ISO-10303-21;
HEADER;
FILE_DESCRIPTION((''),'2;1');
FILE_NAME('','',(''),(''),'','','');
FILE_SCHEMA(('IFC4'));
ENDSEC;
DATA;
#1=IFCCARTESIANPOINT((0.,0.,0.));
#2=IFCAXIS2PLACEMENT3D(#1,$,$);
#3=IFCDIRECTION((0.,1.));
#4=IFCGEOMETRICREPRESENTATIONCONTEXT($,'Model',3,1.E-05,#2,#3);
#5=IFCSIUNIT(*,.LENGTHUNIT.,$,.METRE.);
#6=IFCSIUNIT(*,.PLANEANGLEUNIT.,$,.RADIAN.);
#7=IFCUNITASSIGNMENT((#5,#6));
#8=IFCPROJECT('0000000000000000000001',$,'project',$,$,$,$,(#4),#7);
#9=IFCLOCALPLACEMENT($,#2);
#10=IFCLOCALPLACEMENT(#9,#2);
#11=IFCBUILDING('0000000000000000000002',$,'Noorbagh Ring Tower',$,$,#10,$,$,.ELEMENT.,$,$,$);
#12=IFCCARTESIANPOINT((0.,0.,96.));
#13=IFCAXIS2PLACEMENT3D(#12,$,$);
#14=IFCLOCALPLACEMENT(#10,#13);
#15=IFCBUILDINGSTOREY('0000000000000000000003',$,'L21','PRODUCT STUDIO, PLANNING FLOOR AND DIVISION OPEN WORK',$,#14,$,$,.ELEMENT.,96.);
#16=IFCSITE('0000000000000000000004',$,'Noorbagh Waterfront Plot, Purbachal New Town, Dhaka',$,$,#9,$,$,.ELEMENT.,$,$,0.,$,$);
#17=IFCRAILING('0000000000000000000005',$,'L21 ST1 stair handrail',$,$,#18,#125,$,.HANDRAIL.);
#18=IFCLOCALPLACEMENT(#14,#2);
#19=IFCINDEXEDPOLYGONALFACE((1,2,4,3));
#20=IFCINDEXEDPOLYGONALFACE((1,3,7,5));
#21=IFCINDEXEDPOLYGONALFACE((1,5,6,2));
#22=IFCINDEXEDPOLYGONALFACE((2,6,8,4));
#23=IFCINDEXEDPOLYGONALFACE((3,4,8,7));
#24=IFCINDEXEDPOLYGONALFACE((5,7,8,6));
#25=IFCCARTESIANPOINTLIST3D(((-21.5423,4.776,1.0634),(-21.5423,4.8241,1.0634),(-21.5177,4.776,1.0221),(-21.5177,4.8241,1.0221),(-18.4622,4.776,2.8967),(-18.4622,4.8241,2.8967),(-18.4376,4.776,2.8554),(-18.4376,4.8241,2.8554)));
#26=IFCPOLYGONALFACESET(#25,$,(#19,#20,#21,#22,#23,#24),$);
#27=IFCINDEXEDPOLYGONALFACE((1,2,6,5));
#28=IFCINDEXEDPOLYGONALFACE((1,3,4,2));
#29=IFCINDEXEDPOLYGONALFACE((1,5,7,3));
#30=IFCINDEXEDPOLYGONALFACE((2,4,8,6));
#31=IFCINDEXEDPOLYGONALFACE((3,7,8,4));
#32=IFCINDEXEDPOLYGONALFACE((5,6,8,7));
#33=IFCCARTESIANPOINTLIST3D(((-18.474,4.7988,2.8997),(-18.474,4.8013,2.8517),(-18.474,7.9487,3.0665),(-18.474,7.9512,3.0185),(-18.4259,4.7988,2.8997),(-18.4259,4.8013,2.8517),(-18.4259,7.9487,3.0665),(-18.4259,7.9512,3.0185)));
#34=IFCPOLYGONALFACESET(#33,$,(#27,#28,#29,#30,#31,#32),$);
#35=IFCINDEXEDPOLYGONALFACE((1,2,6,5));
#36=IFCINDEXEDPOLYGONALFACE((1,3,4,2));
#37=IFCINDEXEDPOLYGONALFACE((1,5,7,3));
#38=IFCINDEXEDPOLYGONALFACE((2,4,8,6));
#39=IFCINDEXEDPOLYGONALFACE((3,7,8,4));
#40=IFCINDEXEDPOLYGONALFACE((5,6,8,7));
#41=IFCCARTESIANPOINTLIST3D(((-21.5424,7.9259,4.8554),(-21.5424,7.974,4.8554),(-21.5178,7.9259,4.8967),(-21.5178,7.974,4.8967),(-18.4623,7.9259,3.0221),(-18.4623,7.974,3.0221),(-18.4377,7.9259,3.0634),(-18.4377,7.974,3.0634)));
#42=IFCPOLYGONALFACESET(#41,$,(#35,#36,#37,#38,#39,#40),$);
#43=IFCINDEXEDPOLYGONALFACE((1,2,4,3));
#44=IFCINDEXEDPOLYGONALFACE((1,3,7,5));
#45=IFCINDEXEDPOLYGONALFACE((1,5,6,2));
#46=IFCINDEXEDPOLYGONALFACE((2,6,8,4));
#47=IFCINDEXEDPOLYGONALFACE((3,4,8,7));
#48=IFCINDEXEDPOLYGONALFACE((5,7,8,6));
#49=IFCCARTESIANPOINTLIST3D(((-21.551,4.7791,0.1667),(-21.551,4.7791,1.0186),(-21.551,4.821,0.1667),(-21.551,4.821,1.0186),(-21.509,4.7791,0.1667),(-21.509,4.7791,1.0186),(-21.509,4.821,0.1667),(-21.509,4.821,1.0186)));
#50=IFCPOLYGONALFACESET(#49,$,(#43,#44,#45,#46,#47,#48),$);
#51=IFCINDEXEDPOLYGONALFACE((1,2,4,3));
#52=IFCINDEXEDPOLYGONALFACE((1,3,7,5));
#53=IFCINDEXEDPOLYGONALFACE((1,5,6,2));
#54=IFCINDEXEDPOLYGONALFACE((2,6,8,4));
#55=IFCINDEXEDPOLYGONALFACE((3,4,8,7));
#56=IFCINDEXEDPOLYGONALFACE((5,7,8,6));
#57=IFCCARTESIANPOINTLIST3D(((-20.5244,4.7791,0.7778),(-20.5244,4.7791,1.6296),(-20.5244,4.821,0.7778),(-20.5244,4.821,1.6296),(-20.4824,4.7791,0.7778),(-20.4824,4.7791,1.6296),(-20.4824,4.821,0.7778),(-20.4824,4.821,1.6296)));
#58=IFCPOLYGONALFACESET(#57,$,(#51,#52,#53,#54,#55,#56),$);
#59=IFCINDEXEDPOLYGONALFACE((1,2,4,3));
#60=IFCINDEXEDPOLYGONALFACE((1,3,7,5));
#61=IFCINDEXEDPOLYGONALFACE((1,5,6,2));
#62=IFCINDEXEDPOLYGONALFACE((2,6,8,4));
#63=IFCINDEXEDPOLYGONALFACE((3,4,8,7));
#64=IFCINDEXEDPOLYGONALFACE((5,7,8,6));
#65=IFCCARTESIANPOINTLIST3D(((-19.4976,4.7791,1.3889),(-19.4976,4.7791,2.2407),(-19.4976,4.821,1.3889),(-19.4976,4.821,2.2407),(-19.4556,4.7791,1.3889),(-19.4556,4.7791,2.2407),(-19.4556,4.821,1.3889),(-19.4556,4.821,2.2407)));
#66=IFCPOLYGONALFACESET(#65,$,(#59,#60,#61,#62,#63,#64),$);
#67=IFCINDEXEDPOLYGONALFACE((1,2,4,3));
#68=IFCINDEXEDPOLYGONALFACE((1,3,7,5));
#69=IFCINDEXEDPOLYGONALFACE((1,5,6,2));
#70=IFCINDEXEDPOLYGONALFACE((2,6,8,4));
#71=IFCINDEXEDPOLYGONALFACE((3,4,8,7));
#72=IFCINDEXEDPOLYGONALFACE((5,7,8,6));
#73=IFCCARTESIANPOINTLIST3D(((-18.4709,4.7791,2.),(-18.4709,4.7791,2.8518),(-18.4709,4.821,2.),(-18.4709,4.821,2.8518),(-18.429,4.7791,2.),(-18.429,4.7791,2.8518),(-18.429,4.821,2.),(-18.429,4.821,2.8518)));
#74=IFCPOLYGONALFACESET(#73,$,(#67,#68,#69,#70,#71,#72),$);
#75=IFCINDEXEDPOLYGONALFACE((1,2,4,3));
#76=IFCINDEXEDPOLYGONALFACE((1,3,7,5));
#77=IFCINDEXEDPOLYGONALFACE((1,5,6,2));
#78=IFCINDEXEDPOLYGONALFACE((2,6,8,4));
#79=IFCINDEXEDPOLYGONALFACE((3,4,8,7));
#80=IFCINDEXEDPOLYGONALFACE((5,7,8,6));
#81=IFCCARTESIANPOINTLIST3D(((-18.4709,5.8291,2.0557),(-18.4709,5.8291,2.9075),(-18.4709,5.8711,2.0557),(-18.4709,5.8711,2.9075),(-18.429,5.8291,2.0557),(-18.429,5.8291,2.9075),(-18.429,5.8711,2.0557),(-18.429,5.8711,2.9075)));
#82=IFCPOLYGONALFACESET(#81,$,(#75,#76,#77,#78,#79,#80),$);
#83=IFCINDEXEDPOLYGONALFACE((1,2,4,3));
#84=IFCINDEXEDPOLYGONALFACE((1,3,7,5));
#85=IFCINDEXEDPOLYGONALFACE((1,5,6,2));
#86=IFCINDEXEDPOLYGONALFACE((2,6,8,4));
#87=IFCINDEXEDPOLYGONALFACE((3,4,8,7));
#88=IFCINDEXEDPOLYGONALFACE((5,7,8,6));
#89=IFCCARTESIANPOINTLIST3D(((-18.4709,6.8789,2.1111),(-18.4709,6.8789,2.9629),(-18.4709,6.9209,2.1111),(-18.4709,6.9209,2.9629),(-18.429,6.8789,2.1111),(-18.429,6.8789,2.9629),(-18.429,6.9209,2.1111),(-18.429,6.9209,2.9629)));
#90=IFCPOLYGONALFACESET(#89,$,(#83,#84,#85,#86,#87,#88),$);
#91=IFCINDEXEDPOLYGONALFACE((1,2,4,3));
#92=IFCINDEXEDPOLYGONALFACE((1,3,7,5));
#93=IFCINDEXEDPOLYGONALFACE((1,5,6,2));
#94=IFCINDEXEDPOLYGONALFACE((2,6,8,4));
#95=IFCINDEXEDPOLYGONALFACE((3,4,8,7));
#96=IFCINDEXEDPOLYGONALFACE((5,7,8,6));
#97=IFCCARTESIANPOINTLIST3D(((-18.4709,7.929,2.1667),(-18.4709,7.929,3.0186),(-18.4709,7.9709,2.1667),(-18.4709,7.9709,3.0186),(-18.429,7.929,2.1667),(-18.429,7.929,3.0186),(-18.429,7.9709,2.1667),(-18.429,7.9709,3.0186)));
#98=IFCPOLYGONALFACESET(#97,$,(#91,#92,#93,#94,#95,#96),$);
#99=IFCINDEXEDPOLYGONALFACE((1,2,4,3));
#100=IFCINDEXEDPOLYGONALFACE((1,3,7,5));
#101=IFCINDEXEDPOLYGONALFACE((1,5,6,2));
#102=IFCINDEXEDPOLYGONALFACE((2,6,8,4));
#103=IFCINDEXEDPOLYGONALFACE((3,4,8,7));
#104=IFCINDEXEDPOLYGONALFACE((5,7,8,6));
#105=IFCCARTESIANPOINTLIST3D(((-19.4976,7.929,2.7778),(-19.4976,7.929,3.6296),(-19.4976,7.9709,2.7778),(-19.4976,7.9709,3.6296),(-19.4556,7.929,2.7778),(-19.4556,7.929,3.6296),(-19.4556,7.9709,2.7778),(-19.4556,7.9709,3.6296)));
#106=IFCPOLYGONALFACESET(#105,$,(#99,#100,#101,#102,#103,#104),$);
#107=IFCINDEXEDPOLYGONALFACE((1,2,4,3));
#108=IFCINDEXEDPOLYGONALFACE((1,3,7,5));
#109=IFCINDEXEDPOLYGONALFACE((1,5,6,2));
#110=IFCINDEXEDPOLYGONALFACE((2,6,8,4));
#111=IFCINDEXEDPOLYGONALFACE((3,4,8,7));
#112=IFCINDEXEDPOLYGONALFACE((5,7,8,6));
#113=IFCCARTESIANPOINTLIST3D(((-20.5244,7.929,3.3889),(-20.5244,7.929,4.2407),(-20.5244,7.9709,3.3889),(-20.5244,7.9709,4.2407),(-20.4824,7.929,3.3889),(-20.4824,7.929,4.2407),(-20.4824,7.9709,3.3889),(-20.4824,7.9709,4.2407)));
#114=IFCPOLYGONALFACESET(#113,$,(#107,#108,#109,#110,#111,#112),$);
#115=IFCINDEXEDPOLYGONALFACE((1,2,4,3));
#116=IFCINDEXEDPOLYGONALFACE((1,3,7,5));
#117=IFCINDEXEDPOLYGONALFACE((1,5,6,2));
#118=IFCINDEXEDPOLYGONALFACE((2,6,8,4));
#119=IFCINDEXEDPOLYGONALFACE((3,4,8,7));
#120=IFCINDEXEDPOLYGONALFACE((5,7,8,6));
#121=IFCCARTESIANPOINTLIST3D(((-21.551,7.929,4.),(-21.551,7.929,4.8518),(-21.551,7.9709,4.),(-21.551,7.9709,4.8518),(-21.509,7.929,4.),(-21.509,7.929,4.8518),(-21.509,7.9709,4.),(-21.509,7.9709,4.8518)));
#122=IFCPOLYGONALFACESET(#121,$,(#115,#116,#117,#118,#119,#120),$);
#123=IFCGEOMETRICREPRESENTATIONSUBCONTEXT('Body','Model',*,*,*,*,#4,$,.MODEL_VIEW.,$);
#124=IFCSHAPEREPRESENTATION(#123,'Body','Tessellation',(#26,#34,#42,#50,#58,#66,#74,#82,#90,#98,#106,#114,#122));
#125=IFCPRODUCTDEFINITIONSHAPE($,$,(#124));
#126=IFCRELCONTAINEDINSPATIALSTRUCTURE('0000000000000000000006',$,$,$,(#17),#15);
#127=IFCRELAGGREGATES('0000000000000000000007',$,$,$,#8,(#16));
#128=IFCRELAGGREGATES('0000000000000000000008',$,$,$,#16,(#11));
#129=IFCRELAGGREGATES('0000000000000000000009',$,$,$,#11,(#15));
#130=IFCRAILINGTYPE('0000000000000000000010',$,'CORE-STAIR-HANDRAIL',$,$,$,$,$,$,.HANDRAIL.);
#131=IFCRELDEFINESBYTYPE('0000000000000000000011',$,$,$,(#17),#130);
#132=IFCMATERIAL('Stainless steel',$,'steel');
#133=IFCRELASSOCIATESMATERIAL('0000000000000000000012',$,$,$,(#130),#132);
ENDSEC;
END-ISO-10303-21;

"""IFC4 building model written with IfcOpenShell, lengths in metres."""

from ifc_helpers import new_model, si_unit, direction, frame, origin, origin_2d, place, context, subcontext, project, spatial, rectangle, extrude, material, type_object, element, save


model = new_model("IFC4")

# Units and contexts
model_context = context("Model", 3, precision=1e-05, world=origin(), true_north=direction((0.0, 1.0)))
body_context = subcontext(model_context, "Body", "Model", "MODEL_VIEW")
ifc_project = project(units=[si_unit("LENGTHUNIT", "METRE"), si_unit("PLANEANGLEUNIT", "RADIAN")], contexts=[model_context])

# Site, building, storey
site_placement = place(None, origin())
site = spatial("IfcSite", under=ifc_project, at=site_placement, Name="Noorbagh Waterfront Plot, Purbachal New Town, Dhaka", CompositionType="ELEMENT", RefElevation=0.0)
building_placement = place(site_placement, origin())
building = spatial("IfcBuilding", under=site, at=building_placement, Name="Noorbagh Ring Tower", CompositionType="ELEMENT")
storey_placement = place(building_placement, frame((0.0, 0.0, 96.0)))
storey = spatial("IfcBuildingStorey", under=building, at=storey_placement, Name="L21", Description="PRODUCT STUDIO, PLANNING FLOOR AND DIVISION OPEN WORK", CompositionType="ELEMENT", Elevation=96.0)

# Railing
ifc_material_1 = material(Name="Stainless steel", Category="steel")
railing_type_1 = type_object("IfcRailingType", Name="CORE-STAIR-HANDRAIL", PredefinedType="HANDRAIL", material=ifc_material_1)
railing_1_placement = place(storey_placement, frame((-21.53, 4.8, 0.1667)))
element("IfcRailing", 1, at=railing_1_placement, inside=storey, type_object=railing_type_1, Name="L21 ST1 stair handrail", PredefinedType="HANDRAIL", context=body_context, shape_type="SweptSolid", body=[
    extrude(rectangle(XDim=0.0481, YDim=0.0481, at=origin_2d()), frame((0.0, 0.0, 0.876), z_axis=(0.859309, 0.0, 0.511458), x_axis=(0.0, 1.0, 0.0)), (0.0, 0.0, 1.0), 3.5845),
    extrude(rectangle(XDim=0.0481, YDim=0.0481, at=origin_2d()), frame((3.0801, 0.0, 2.709), z_axis=(0.0, 0.998602, 0.052864), x_axis=(-1.0, 0.0, 0.0)), (0.0, 0.0, 1.0), 3.1543),
    extrude(rectangle(XDim=0.0481, YDim=0.0481, at=origin_2d()), frame((3.0801, 3.1499, 2.876), z_axis=(-0.859309, 0.0, 0.511458), x_axis=(0.0, -1.0, 0.0)), (0.0, 0.0, 1.0), 3.5845),
    extrude(rectangle(XDim=0.042, YDim=0.042, at=origin_2d()), origin(), (0.0, 0.0, 1.0), 0.8518),
    extrude(rectangle(XDim=0.042, YDim=0.042, at=origin_2d()), frame((1.0266, 0.0, 0.6111)), (0.0, 0.0, 1.0), 0.8518),
    extrude(rectangle(XDim=0.042, YDim=0.042, at=origin_2d()), frame((2.0535, 0.0, 1.2222)), (0.0, 0.0, 1.0), 0.8518),
    extrude(rectangle(XDim=0.042, YDim=0.042, at=origin_2d()), frame((3.0801, 0.0, 1.8333)), (0.0, 0.0, 1.0), 0.8518),
    extrude(rectangle(XDim=0.042, YDim=0.042, at=origin_2d()), frame((3.0801, 1.05, 1.8889)), (0.0, 0.0, 1.0), 0.8518),
    extrude(rectangle(XDim=0.042, YDim=0.042, at=origin_2d()), frame((3.0801, 2.0999, 1.9443)), (0.0, 0.0, 1.0), 0.8518),
    extrude(rectangle(XDim=0.042, YDim=0.042, at=origin_2d()), frame((3.0801, 3.1499, 2.0)), (0.0, 0.0, 1.0), 0.8518),
    extrude(rectangle(XDim=0.042, YDim=0.042, at=origin_2d()), frame((2.0535, 3.1499, 2.6111)), (0.0, 0.0, 1.0), 0.8518),
    extrude(rectangle(XDim=0.042, YDim=0.042, at=origin_2d()), frame((1.0266, 3.1499, 3.2222)), (0.0, 0.0, 1.0), 0.8518),
    extrude(rectangle(XDim=0.042, YDim=0.042, at=origin_2d()), frame((0.0, 3.1499, 3.8333)), (0.0, 0.0, 1.0), 0.8518),
])

save(model, "model.ifc")
